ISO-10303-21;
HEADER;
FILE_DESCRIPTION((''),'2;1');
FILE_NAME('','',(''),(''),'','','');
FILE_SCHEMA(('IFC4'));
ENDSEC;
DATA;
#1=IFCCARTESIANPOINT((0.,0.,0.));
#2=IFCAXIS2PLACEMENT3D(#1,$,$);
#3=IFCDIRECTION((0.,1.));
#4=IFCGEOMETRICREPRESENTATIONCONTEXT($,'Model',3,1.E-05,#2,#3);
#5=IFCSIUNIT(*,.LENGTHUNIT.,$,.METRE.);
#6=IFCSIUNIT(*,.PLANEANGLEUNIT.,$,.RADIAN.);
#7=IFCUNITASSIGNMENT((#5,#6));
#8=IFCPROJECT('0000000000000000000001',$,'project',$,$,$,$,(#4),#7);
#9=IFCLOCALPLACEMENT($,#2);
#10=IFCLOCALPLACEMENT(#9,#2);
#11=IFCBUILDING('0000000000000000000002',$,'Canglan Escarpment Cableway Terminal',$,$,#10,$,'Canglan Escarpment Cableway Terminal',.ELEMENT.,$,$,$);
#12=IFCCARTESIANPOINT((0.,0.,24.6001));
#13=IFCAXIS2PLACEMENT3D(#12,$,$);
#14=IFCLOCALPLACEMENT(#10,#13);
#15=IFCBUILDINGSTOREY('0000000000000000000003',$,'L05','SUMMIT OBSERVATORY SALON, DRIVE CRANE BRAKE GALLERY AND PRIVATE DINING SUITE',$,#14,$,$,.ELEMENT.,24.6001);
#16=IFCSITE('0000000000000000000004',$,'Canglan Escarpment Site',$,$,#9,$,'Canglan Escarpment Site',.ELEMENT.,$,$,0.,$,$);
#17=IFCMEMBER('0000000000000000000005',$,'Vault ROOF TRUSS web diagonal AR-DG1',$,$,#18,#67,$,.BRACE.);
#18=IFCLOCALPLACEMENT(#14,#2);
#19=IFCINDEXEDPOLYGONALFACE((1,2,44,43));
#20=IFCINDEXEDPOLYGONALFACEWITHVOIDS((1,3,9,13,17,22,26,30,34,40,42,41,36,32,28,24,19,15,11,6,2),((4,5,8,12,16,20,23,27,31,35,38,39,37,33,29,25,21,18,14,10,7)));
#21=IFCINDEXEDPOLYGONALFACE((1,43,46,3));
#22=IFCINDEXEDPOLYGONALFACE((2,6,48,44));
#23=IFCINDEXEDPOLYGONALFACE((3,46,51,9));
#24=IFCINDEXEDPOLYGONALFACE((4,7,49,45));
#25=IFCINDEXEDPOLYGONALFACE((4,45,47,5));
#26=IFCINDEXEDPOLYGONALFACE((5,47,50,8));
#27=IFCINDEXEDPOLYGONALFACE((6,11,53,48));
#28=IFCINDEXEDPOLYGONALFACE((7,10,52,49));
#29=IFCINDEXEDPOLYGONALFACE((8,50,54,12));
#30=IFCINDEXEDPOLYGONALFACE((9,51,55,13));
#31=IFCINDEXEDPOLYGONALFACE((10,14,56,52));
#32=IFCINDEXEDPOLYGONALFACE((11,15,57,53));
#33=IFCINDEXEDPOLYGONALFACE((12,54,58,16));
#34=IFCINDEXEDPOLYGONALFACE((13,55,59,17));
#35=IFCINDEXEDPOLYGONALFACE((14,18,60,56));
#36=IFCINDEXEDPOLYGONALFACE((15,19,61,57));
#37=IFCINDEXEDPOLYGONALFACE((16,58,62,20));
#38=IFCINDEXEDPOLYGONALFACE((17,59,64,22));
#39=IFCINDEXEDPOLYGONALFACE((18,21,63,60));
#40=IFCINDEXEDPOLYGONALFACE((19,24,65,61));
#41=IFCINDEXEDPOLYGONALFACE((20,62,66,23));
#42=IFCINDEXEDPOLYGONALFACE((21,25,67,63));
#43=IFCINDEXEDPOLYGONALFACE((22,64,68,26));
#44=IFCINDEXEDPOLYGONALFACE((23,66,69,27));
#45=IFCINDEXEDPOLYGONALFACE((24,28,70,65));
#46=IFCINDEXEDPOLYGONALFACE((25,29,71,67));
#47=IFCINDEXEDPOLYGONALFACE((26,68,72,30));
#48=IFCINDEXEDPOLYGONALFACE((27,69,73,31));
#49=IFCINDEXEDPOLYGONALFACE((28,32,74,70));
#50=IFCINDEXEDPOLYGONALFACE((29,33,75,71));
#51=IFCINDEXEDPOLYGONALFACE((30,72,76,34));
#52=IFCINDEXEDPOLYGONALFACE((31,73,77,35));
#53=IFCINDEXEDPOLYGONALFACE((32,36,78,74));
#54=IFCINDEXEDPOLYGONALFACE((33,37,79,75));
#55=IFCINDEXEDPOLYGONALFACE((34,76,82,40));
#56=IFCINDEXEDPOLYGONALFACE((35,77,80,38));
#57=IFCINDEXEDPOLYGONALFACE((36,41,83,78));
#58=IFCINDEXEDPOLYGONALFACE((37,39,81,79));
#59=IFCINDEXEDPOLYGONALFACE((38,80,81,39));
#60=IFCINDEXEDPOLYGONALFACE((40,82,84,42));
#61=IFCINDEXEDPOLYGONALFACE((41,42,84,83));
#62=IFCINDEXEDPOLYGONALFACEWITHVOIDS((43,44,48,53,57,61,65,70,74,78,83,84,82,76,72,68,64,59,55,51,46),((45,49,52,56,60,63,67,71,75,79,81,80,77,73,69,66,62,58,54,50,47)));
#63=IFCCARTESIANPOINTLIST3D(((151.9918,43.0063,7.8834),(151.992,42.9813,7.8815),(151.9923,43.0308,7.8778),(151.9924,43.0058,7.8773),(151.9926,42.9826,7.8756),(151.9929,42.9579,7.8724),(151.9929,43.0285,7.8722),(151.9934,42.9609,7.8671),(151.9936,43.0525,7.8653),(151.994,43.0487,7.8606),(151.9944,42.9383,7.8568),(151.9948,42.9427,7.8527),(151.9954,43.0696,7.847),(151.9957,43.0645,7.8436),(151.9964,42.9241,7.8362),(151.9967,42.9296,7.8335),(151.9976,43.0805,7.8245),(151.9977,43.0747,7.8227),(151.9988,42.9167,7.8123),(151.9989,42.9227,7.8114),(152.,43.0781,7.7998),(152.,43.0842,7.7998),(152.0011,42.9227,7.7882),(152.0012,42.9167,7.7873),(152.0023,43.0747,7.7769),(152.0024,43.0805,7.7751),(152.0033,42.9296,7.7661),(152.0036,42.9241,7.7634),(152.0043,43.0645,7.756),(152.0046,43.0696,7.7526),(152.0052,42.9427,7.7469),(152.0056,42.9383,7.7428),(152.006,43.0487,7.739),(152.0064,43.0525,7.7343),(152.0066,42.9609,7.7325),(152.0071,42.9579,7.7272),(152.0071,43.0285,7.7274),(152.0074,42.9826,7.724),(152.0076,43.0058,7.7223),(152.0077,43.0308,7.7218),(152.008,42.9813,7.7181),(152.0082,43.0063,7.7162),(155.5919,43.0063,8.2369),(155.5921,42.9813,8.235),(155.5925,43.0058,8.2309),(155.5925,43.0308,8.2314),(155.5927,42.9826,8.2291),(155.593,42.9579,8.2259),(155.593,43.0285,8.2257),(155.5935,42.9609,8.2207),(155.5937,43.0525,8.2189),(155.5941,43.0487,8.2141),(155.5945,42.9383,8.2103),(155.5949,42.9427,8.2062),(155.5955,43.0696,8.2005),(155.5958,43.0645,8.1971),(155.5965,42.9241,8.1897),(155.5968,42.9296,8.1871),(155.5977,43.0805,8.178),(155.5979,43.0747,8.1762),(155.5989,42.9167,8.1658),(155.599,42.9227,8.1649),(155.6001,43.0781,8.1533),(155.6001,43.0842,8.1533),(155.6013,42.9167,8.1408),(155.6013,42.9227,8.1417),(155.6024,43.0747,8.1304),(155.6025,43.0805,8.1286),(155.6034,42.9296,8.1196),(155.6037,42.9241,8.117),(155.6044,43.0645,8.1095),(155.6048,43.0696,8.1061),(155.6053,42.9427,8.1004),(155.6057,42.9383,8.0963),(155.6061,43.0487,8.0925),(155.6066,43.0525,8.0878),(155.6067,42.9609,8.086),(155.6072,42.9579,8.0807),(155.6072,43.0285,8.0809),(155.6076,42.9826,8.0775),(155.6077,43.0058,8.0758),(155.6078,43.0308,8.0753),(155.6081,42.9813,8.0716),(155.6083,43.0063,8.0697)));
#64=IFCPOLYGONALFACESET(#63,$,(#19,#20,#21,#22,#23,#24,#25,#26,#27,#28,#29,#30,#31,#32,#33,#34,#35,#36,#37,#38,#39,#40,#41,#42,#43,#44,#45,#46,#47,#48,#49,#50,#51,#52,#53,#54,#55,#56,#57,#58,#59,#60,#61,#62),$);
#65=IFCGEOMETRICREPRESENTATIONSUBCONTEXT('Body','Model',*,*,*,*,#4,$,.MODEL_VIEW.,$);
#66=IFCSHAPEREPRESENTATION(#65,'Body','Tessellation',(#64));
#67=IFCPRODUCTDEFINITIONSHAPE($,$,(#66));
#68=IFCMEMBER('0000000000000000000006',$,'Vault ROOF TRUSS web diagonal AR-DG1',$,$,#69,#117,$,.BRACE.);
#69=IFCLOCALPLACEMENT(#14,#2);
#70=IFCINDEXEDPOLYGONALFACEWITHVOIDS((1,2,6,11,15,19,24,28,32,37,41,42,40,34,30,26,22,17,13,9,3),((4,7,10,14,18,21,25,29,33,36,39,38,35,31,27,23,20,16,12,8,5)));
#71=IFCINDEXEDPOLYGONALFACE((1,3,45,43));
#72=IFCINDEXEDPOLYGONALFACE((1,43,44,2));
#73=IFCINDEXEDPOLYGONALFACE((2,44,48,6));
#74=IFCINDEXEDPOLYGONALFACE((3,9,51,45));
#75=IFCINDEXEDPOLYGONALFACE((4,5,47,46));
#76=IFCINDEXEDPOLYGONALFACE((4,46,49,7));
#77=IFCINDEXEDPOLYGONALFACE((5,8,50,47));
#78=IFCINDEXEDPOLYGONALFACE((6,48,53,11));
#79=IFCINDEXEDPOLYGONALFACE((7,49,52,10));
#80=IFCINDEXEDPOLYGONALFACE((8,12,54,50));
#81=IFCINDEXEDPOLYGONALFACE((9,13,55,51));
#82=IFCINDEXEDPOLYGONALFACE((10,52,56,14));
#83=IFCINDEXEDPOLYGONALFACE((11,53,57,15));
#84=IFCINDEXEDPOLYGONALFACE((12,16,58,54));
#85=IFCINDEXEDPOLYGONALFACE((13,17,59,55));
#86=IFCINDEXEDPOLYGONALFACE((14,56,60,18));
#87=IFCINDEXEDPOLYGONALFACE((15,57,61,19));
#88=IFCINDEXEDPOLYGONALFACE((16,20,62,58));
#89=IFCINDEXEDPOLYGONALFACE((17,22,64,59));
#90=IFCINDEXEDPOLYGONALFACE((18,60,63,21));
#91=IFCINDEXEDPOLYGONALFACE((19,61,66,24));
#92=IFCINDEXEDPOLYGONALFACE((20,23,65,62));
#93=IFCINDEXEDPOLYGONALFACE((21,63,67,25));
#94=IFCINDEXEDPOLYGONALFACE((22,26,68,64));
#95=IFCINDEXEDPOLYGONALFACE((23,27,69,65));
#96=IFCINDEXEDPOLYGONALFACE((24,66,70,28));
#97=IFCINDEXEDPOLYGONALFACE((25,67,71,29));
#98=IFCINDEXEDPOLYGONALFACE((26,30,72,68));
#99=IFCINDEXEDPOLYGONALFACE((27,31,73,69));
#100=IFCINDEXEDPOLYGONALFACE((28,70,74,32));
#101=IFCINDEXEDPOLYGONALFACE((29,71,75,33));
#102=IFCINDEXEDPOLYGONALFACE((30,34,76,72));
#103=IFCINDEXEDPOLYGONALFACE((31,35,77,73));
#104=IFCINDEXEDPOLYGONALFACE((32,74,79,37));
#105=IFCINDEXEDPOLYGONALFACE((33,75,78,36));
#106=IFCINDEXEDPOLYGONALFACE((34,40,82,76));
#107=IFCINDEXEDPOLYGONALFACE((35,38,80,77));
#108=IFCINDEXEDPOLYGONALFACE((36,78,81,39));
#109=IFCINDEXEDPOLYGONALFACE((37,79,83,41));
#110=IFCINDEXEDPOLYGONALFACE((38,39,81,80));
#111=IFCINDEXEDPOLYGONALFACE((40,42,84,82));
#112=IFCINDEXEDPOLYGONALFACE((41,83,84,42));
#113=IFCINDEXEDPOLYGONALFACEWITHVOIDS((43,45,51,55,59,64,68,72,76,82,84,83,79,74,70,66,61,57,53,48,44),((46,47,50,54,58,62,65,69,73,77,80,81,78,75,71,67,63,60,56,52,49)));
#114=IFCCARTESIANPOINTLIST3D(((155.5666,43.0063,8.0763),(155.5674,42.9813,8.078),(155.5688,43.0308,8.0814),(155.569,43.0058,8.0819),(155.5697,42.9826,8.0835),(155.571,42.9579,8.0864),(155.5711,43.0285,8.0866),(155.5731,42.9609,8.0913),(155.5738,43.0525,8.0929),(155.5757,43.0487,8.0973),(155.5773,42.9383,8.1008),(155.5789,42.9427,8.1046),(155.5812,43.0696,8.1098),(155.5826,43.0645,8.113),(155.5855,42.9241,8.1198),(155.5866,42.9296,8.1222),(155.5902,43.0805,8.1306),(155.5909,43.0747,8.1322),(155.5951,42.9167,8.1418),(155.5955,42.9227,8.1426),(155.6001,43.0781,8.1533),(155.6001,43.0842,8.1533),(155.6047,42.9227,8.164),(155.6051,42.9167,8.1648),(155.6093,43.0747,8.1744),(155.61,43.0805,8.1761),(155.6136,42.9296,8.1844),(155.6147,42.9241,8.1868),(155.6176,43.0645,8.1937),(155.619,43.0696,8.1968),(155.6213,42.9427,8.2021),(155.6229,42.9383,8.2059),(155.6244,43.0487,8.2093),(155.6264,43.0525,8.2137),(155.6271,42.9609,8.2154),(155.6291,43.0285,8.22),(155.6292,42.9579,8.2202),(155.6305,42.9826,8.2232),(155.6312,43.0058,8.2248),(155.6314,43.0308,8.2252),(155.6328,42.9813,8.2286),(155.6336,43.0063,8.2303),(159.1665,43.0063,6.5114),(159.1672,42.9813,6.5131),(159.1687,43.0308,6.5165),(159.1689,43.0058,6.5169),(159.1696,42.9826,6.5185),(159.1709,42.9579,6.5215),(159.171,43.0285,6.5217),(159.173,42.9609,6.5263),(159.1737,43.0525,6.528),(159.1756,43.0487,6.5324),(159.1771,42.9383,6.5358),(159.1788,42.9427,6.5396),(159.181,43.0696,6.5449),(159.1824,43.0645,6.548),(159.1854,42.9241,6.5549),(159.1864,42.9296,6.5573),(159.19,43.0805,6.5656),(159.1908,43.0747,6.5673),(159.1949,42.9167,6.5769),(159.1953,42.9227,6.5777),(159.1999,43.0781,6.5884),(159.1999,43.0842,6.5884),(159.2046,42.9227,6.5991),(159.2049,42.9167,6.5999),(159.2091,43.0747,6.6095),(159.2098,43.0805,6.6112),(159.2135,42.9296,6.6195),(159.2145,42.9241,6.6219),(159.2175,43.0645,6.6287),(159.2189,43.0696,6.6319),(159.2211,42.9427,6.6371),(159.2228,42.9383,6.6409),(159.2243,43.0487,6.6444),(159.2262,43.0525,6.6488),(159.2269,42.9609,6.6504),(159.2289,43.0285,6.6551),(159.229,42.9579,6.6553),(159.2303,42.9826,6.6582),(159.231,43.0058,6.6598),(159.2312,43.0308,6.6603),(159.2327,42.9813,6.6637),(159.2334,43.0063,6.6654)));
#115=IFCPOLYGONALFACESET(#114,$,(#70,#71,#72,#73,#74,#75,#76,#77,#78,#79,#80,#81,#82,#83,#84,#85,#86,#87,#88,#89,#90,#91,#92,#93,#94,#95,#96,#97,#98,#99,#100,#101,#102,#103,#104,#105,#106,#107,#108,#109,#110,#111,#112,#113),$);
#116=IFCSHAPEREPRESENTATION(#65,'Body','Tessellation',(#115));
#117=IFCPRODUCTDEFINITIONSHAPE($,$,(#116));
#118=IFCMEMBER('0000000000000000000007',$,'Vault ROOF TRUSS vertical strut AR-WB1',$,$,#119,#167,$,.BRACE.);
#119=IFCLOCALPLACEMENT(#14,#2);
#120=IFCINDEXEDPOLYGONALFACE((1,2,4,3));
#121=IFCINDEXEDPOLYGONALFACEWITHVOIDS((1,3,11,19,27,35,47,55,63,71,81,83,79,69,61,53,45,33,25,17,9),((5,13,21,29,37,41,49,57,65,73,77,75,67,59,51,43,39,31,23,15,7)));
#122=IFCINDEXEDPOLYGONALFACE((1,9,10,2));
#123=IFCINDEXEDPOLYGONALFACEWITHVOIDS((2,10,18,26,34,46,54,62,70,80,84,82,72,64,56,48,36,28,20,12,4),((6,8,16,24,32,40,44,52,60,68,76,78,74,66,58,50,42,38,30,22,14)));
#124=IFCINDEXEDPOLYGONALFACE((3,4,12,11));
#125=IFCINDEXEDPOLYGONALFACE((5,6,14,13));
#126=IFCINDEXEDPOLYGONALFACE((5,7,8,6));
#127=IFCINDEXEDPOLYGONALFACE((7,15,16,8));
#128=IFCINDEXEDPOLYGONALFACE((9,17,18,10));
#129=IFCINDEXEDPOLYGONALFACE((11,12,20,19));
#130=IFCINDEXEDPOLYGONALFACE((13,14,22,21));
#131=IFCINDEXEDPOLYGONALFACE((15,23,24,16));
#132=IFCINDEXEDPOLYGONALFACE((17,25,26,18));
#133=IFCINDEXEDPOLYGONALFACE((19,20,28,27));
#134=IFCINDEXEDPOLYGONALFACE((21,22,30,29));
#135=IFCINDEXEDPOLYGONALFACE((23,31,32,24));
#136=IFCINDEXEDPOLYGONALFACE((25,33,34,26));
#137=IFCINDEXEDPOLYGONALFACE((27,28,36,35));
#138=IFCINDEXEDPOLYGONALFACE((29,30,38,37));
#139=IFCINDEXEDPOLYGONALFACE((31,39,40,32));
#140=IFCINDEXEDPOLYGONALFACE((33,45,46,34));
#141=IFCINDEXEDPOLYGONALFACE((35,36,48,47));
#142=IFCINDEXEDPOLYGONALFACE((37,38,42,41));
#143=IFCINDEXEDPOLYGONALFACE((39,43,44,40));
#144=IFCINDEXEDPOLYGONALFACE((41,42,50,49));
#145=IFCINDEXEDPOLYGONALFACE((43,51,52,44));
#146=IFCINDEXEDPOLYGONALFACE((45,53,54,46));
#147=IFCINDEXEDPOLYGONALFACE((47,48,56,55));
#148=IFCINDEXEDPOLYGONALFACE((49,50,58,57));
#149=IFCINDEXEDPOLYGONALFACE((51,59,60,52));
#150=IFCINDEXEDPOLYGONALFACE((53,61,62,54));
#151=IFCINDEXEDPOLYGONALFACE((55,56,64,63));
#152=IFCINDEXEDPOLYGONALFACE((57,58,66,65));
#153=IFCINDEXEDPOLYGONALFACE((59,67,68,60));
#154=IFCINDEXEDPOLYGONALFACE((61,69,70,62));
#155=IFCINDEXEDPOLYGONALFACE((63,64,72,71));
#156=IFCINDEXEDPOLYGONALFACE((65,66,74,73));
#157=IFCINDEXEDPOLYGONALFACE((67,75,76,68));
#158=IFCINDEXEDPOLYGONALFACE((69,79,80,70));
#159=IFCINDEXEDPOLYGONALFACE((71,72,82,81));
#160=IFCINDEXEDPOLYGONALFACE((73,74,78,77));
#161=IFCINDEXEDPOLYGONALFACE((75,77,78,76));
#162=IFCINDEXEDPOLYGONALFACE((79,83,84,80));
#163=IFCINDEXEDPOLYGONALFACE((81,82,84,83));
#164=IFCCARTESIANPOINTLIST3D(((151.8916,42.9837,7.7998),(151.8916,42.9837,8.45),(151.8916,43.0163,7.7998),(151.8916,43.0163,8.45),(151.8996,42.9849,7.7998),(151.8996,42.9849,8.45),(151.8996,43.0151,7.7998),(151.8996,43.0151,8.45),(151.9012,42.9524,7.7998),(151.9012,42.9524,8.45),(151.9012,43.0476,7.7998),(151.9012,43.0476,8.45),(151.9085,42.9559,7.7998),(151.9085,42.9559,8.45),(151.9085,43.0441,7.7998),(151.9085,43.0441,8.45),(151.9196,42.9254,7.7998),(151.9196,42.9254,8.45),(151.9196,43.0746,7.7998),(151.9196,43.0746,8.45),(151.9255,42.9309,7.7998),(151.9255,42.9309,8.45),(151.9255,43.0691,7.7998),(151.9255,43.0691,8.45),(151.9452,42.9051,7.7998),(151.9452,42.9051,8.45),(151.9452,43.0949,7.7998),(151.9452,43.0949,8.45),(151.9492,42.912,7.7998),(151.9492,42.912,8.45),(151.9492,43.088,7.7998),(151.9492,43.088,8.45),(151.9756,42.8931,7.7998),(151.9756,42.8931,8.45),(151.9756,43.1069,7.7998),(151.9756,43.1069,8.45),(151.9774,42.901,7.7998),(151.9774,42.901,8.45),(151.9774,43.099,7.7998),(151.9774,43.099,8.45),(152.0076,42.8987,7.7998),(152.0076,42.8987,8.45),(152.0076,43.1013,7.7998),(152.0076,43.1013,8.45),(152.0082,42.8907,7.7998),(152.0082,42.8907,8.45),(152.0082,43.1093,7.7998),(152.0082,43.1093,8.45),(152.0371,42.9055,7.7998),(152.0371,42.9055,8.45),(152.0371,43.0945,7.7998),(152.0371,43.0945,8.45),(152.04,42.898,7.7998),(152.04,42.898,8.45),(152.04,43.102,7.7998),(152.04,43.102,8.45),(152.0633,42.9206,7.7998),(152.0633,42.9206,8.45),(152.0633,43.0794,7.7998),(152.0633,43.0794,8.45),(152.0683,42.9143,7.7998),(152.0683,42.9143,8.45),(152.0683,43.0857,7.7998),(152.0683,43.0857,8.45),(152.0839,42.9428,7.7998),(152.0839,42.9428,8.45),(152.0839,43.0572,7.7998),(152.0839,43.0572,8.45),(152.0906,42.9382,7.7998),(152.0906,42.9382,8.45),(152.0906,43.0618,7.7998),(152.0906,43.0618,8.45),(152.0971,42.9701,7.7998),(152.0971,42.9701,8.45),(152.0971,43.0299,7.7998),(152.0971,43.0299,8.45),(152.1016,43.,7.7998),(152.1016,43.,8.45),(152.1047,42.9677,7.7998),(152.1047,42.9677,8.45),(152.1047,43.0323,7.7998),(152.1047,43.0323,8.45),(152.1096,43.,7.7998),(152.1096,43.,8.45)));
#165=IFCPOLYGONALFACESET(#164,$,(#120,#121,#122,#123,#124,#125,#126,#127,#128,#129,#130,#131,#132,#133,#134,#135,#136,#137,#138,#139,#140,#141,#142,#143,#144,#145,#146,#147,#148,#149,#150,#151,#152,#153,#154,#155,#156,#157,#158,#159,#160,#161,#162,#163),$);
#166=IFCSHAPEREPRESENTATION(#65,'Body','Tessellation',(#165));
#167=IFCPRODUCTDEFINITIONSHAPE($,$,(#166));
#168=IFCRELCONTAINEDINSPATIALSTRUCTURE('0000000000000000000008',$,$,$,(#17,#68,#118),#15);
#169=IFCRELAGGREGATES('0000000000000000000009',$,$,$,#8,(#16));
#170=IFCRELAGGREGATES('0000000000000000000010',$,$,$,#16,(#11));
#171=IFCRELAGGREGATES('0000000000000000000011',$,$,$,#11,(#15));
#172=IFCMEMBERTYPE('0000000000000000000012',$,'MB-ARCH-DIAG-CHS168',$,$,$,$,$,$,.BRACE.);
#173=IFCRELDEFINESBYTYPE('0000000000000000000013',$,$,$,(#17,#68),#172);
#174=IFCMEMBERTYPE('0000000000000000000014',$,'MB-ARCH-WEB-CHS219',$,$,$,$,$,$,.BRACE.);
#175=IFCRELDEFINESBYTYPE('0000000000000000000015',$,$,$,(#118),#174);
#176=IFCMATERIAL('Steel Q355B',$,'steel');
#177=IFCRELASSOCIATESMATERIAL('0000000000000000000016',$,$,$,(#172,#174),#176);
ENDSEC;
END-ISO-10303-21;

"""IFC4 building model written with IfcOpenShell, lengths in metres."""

from ifc_helpers import new_model, si_unit, direction, frame, origin, origin_2d, place, context, subcontext, project, spatial, hollow_circle, extrude, material, material_profile, profile_set, type_object, element, save


model = new_model("IFC4")

# Units and contexts
model_context = context("Model", 3, precision=1e-05, world=origin(), true_north=direction((0.0, 1.0)))
body_context = subcontext(model_context, "Body", "Model", "MODEL_VIEW")
ifc_project = project(units=[si_unit("LENGTHUNIT", "METRE"), si_unit("PLANEANGLEUNIT", "RADIAN")], contexts=[model_context])

# Site, building, storey
site_placement = place(None, origin())
site = spatial("IfcSite", under=ifc_project, at=site_placement, Name="Canglan Escarpment Site", LongName="Canglan Escarpment Site", CompositionType="ELEMENT", RefElevation=0.0)
building_placement = place(site_placement, origin())
building = spatial("IfcBuilding", under=site, at=building_placement, Name="Canglan Escarpment Cableway Terminal", LongName="Canglan Escarpment Cableway Terminal", CompositionType="ELEMENT")
storey_placement = place(building_placement, frame((0.0, 0.0, 24.6001)))
storey = spatial("IfcBuildingStorey", under=building, at=storey_placement, Name="L05", Description="SUMMIT OBSERVATORY SALON, DRIVE CRANE BRAKE GALLERY AND PRIVATE DINING SUITE", CompositionType="ELEMENT", Elevation=24.6001)

# Shared definitions
ifc_material_1 = material(Name="Steel Q355B", Category="steel")

# Members
ifc_material_profile_1 = material_profile(ifc_material_1, hollow_circle(Radius=0.0842, WallThickness=0.0061, at=origin_2d()), Name="CHS 168.3x6")
ifc_profile_set_1 = profile_set([ifc_material_profile_1], Name="Steel Q355B")
member_type_1 = type_object("IfcMemberType", Name="MB-ARCH-DIAG-CHS168", PredefinedType="BRACE", material=ifc_profile_set_1)
member_1_placement = place(storey_placement, frame((152.0, 43.0, 7.7998), z_axis=(0.995213, 0.0, 0.097726), x_axis=(0.0, 1.0, 0.0)))
element("IfcMember", 1, at=member_1_placement, inside=storey, type_object=member_type_1, Name="Vault ROOF TRUSS web diagonal AR-DG1", PredefinedType="BRACE", context=body_context, shape_type="SweptSolid", body=[
    extrude(hollow_circle(Radius=0.0842, WallThickness=0.0061, at=origin_2d()), origin(), (0.0, 0.0, 1.0), 3.6174),
])
member_2_placement = place(storey_placement, frame((155.6001, 43.0, 8.1533), z_axis=(0.91709, 0.0, -0.398681), x_axis=(0.0, 1.0, 0.0)))
element("IfcMember", 2, at=member_2_placement, inside=storey, type_object=member_type_1, Name="Vault ROOF TRUSS web diagonal AR-DG1", PredefinedType="BRACE", context=body_context, shape_type="SweptSolid", body=[
    extrude(hollow_circle(Radius=0.0842, WallThickness=0.0061, at=origin_2d()), origin(), (0.0, 0.0, 1.0), 3.9253),
])
ifc_material_profile_2 = material_profile(ifc_material_1, hollow_circle(Radius=0.1096, WallThickness=0.0081, at=origin_2d()), Name="CHS 219.1x8")
ifc_profile_set_2 = profile_set([ifc_material_profile_2], Name="Steel Q355B")
member_type_2 = type_object("IfcMemberType", Name="MB-ARCH-WEB-CHS219", PredefinedType="BRACE", material=ifc_profile_set_2)
member_3_placement = place(storey_placement, frame((152.0, 43.0, 7.7998), z_axis=(0.0, 0.0, 1.0), x_axis=(1.0, 0.0, 0.0)))
element("IfcMember", 3, at=member_3_placement, inside=storey, type_object=member_type_2, Name="Vault ROOF TRUSS vertical strut AR-WB1", PredefinedType="BRACE", context=body_context, shape_type="SweptSolid", body=[
    extrude(hollow_circle(Radius=0.1096, WallThickness=0.0081, at=origin_2d()), origin(), (0.0, 0.0, 1.0), 0.6501),
])

save(model, "model.ifc")
